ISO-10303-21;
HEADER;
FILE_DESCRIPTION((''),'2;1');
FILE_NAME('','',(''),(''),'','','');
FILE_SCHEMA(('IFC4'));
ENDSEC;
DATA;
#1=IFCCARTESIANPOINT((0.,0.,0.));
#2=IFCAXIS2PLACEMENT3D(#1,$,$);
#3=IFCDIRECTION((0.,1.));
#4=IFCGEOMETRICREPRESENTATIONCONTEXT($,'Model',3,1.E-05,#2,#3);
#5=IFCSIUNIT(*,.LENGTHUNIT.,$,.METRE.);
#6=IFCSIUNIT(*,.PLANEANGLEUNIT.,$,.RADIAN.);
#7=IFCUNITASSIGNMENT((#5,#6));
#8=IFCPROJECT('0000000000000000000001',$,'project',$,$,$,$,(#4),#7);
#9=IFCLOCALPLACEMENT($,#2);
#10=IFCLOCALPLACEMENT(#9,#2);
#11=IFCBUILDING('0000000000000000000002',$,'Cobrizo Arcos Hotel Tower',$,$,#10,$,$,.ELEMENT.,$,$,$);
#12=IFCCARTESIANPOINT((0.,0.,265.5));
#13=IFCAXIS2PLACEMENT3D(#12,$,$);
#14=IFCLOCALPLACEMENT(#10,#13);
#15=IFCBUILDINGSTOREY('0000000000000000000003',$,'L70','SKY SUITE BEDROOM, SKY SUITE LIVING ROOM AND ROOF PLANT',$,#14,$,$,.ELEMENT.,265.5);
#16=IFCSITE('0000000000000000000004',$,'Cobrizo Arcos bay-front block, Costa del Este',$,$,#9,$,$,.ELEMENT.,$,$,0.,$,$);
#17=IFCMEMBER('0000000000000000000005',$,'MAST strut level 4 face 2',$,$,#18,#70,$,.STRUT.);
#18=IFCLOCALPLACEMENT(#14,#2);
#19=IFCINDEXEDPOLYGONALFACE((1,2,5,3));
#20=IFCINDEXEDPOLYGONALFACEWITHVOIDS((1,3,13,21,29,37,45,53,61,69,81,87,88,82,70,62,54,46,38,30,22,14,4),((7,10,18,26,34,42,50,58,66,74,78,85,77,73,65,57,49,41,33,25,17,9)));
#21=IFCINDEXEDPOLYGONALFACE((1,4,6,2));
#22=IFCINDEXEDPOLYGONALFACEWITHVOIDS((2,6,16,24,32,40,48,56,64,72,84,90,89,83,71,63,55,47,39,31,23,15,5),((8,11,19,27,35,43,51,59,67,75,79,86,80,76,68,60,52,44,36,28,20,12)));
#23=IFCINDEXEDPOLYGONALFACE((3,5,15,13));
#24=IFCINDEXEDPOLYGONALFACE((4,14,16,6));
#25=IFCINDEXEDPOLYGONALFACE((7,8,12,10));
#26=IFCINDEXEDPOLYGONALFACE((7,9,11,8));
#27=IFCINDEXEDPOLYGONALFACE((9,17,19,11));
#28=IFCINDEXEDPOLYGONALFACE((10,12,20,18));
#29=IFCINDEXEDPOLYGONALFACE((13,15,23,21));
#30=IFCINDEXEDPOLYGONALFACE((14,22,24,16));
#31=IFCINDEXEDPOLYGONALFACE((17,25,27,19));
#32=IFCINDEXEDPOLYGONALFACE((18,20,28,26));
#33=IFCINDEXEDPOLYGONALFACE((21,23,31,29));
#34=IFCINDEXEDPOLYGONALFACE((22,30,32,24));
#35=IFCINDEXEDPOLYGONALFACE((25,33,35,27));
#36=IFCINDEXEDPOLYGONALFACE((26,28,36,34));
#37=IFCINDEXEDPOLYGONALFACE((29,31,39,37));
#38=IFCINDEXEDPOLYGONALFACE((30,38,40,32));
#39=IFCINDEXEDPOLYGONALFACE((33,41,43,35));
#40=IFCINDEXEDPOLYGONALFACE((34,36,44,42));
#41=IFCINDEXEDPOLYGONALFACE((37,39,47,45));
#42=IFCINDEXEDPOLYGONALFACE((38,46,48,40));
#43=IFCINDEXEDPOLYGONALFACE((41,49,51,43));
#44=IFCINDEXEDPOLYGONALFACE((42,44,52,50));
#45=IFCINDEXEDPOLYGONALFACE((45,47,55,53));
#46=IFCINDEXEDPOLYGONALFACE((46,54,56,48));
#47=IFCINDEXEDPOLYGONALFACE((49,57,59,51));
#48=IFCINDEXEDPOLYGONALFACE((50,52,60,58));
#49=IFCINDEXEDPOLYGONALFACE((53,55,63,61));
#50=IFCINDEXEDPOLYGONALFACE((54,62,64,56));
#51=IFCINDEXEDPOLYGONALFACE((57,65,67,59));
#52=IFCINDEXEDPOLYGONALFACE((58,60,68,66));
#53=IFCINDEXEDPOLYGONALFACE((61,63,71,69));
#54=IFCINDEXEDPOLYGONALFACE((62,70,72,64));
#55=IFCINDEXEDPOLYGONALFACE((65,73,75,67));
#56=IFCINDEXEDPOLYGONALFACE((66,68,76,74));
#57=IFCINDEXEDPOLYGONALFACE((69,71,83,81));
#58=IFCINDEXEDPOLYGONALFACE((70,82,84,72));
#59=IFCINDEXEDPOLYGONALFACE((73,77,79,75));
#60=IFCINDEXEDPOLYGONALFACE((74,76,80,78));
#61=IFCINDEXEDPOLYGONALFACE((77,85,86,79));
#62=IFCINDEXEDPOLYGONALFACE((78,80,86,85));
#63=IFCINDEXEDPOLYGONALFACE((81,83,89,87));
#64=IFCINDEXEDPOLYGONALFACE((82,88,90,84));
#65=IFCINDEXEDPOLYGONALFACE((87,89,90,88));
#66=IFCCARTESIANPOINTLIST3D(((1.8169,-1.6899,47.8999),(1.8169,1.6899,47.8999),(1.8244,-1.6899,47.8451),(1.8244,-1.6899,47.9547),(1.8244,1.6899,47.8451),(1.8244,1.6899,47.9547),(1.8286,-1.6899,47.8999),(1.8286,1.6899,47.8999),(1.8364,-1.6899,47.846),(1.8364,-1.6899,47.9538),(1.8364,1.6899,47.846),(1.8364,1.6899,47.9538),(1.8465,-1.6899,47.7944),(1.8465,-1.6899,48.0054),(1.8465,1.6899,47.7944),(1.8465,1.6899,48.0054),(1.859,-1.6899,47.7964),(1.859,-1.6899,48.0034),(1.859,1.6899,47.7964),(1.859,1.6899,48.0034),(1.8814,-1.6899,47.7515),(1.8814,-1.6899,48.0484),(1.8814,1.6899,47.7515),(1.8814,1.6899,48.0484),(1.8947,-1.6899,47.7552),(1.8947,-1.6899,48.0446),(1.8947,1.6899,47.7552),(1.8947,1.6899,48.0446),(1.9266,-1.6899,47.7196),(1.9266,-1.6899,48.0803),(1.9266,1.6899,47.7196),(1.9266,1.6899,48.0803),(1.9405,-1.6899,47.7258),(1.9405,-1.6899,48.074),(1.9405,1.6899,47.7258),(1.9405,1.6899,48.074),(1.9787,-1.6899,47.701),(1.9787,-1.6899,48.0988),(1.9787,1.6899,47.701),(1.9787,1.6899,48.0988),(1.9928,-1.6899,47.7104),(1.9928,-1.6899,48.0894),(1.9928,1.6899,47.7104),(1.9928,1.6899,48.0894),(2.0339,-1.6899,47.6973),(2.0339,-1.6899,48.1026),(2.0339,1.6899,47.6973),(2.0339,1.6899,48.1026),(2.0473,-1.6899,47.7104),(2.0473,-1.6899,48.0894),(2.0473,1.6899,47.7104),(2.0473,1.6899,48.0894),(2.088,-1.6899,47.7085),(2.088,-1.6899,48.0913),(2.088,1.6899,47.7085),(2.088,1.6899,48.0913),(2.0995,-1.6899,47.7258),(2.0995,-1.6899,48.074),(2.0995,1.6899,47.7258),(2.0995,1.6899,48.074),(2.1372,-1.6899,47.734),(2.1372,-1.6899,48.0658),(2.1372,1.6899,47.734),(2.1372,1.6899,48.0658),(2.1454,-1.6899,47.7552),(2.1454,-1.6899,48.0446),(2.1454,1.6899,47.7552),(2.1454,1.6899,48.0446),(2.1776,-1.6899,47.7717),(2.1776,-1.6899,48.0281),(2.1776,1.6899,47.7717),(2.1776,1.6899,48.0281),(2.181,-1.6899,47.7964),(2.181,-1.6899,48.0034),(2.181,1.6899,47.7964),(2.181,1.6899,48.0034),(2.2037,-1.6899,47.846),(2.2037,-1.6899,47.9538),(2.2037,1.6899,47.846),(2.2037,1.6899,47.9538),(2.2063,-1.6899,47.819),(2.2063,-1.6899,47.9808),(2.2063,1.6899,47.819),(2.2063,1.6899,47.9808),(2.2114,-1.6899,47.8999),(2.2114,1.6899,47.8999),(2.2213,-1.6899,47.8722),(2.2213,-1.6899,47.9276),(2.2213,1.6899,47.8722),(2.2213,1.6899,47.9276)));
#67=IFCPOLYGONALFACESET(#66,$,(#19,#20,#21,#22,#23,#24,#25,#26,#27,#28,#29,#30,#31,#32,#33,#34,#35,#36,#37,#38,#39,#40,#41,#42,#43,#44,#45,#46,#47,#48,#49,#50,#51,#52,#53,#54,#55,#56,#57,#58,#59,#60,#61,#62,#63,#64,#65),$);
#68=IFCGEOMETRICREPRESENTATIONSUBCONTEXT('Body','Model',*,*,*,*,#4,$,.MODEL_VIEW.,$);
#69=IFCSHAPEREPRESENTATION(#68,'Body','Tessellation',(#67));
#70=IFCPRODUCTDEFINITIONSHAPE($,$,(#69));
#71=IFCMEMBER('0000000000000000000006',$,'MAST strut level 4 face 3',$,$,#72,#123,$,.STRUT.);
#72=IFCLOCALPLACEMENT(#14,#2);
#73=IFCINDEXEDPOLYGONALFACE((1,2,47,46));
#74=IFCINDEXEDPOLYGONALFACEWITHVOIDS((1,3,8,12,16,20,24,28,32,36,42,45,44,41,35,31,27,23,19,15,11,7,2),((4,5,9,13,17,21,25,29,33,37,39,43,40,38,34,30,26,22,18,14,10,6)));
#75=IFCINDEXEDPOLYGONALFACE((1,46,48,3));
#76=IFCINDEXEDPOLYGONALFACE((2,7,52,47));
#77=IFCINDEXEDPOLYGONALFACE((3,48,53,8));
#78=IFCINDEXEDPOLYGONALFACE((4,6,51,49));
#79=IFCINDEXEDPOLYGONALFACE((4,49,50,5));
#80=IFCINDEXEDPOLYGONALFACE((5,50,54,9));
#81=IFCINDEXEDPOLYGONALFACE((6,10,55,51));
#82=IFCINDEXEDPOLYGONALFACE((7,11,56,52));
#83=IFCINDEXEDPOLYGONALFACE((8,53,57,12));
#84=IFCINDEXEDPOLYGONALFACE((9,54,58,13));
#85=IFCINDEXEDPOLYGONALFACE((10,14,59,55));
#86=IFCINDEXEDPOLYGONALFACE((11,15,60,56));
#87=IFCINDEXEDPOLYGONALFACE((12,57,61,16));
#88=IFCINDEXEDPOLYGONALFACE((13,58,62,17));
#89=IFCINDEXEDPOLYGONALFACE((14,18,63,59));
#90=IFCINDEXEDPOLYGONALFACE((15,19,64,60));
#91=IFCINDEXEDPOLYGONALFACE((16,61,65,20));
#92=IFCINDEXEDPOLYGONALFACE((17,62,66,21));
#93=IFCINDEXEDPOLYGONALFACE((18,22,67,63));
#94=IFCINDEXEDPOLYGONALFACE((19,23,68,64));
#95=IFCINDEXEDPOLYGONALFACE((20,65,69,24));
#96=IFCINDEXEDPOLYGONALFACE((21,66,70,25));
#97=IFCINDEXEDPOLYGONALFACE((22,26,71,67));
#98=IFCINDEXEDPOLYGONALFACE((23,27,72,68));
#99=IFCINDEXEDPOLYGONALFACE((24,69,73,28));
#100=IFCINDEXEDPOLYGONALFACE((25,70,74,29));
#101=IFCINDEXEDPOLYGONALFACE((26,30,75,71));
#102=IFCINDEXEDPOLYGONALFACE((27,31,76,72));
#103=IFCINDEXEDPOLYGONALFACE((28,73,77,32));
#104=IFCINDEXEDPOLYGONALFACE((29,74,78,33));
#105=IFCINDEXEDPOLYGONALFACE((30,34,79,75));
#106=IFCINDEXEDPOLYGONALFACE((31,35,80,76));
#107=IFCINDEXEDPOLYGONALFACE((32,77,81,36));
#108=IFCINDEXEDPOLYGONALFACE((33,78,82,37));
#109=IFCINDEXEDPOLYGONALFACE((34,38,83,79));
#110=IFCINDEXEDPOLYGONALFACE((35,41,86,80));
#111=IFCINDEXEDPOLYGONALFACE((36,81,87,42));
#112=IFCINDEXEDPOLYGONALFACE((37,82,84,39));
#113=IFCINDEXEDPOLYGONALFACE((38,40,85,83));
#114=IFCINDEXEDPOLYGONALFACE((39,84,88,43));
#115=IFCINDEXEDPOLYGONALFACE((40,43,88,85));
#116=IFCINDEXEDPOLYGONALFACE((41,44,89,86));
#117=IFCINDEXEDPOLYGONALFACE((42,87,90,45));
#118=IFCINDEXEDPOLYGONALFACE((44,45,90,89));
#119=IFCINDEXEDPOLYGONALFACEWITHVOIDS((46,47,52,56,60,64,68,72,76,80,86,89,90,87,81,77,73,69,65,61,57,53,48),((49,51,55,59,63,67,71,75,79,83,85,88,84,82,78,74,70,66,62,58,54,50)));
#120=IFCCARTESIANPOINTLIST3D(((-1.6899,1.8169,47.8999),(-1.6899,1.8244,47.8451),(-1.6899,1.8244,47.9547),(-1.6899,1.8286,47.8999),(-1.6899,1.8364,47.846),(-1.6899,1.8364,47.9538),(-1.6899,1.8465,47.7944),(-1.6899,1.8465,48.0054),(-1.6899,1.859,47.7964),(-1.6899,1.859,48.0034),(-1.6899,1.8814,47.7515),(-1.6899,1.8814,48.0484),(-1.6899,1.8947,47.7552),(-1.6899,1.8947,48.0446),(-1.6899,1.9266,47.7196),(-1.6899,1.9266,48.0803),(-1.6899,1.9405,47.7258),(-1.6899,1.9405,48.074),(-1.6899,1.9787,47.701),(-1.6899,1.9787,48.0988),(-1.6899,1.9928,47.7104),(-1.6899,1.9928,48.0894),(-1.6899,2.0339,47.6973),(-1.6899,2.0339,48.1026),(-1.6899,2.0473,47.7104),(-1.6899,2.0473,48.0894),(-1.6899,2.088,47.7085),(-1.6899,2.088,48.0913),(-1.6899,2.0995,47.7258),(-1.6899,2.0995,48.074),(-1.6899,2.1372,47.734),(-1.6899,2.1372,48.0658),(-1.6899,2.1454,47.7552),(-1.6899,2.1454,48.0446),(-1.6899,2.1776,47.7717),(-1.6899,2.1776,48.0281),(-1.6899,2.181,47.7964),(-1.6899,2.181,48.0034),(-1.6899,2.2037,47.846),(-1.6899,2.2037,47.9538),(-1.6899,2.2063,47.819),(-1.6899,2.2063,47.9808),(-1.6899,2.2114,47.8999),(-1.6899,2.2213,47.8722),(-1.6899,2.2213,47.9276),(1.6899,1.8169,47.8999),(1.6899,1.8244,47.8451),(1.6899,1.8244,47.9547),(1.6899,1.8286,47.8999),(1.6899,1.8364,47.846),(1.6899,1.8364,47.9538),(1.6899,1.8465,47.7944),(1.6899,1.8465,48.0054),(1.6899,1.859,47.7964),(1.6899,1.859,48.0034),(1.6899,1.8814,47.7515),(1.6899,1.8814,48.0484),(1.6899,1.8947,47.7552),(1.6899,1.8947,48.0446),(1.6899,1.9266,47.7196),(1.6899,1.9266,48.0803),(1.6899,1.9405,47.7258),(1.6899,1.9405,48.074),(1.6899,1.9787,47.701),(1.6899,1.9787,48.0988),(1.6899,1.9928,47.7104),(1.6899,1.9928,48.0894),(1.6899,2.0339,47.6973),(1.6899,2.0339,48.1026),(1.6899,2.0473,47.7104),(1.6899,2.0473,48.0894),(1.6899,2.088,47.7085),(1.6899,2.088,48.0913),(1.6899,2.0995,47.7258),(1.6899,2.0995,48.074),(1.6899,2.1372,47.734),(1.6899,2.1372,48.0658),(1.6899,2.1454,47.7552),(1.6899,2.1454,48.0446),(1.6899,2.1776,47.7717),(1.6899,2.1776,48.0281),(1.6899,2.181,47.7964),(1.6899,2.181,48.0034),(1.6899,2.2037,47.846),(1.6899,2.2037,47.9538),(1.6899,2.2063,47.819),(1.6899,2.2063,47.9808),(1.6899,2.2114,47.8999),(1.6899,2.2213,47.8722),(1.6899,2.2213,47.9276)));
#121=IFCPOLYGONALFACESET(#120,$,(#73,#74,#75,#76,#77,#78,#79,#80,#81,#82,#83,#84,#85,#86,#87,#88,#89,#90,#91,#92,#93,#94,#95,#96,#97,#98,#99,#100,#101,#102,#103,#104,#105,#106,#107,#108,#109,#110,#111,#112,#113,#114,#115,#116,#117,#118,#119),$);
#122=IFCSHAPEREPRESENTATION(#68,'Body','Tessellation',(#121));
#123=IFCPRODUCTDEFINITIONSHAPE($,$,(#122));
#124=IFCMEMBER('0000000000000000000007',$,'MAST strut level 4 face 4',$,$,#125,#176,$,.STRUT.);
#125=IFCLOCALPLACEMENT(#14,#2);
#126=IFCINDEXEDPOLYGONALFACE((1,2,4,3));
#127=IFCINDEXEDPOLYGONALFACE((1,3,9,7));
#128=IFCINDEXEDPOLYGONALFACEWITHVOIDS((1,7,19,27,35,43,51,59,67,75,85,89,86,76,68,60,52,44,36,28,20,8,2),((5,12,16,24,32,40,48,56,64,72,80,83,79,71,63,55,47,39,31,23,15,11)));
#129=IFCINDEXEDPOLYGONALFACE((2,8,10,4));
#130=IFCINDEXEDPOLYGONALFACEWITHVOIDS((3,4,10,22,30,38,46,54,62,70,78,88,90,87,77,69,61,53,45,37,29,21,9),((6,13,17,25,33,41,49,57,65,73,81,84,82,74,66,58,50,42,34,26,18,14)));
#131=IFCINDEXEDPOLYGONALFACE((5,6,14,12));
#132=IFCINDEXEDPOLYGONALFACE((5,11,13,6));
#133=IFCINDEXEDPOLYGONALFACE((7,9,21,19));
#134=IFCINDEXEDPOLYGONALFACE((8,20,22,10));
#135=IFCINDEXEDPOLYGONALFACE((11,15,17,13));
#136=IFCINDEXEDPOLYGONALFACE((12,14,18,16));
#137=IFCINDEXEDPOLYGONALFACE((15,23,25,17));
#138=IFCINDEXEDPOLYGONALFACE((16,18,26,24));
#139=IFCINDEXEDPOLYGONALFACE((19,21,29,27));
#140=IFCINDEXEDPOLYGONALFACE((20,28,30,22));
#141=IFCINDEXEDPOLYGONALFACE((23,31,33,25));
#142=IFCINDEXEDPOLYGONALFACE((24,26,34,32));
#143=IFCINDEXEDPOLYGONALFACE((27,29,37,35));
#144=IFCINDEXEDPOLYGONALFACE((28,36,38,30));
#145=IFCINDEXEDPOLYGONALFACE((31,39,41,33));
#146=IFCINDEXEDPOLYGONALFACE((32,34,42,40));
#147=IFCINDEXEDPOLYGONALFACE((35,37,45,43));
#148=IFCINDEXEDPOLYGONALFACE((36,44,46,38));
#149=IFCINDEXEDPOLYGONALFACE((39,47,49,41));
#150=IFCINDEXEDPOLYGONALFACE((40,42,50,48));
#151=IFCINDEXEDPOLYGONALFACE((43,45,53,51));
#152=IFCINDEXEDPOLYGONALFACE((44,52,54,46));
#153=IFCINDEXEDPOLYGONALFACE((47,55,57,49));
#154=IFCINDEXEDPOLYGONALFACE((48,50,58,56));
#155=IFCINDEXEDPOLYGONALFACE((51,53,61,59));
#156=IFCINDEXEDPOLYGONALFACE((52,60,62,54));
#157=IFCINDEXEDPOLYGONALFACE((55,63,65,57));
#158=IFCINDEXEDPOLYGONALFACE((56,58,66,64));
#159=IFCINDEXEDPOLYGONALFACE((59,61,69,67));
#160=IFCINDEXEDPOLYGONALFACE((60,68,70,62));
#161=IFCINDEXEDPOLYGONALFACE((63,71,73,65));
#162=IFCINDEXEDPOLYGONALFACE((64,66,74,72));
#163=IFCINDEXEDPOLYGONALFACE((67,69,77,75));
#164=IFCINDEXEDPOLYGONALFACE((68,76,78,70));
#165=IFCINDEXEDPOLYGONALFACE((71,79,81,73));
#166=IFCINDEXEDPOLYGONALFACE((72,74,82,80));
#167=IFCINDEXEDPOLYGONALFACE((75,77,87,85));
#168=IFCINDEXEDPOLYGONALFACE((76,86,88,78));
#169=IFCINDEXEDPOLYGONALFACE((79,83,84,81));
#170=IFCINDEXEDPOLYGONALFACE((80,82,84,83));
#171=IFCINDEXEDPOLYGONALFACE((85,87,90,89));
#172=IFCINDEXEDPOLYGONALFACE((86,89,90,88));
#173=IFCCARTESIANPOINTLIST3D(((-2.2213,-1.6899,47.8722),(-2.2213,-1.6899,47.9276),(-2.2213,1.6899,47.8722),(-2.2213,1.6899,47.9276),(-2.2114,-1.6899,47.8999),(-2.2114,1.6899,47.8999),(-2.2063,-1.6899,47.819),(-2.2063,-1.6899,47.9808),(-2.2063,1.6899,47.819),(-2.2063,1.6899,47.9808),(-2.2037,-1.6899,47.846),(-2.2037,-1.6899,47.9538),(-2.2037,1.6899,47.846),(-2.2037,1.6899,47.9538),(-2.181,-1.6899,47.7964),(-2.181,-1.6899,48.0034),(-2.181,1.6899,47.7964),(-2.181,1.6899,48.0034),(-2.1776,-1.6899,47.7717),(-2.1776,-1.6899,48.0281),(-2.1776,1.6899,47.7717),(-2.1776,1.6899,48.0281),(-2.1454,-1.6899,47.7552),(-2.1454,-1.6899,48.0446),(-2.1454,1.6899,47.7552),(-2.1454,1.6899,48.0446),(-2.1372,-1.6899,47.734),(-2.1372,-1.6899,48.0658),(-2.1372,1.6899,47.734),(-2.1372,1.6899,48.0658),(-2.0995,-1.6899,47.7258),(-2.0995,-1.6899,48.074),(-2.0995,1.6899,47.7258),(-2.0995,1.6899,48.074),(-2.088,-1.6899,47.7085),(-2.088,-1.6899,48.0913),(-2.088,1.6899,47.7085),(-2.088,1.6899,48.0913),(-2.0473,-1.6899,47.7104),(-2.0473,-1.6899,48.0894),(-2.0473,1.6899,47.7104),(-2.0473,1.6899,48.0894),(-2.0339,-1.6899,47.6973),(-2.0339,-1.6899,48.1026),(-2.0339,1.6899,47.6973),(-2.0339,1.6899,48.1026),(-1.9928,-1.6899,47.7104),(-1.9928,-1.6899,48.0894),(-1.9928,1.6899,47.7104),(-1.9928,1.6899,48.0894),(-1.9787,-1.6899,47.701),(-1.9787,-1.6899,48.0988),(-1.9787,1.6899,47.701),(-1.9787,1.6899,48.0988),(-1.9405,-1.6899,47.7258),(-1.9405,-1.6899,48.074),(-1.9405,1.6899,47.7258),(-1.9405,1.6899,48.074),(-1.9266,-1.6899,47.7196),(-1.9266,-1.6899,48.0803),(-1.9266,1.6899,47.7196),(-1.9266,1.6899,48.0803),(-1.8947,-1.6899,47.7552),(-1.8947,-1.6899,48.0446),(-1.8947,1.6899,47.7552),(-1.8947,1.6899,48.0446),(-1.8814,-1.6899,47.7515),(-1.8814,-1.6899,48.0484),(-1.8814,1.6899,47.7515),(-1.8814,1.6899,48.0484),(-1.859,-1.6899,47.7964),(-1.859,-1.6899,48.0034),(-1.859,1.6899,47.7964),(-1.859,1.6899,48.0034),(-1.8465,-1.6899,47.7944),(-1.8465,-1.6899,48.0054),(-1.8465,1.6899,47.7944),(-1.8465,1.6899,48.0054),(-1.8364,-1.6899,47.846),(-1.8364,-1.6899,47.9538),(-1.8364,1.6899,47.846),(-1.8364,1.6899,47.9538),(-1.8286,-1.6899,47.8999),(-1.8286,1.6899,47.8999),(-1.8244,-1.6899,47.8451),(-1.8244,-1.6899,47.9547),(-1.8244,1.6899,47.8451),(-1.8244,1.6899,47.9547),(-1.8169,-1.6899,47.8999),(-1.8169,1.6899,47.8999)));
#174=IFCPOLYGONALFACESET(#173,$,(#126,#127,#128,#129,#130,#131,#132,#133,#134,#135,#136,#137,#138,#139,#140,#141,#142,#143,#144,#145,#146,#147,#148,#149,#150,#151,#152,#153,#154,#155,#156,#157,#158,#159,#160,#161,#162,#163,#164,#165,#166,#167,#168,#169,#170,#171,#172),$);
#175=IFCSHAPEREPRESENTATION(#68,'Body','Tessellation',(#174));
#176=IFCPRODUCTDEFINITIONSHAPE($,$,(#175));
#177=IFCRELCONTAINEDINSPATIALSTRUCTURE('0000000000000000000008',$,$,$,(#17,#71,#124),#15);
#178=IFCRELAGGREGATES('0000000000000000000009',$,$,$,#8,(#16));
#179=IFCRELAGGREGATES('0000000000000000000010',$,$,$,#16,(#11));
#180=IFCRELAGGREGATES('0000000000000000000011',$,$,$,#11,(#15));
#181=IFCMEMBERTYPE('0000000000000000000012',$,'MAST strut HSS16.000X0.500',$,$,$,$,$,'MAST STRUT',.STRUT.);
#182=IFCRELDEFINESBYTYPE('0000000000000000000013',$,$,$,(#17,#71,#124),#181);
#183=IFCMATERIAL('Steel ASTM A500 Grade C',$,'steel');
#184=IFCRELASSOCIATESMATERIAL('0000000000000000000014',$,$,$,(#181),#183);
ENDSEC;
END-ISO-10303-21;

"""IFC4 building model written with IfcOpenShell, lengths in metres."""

from ifc_helpers import new_model, si_unit, direction, frame, origin, origin_2d, place, context, subcontext, project, spatial, hollow_circle, extrude, material, material_profile, profile_set, type_object, element, save


model = new_model("IFC4")

# Units and contexts
model_context = context("Model", 3, precision=1e-05, world=origin(), true_north=direction((0.0, 1.0)))
body_context = subcontext(model_context, "Body", "Model", "MODEL_VIEW")
ifc_project = project(units=[si_unit("LENGTHUNIT", "METRE"), si_unit("PLANEANGLEUNIT", "RADIAN")], contexts=[model_context])

# Site, building, storey
site_placement = place(None, origin())
site = spatial("IfcSite", under=ifc_project, at=site_placement, Name="Cobrizo Arcos bay-front block, Costa del Este", CompositionType="ELEMENT", RefElevation=0.0)
building_placement = place(site_placement, origin())
building = spatial("IfcBuilding", under=site, at=building_placement, Name="Cobrizo Arcos Hotel Tower", CompositionType="ELEMENT")
storey_placement = place(building_placement, frame((0.0, 0.0, 265.5)))
storey = spatial("IfcBuildingStorey", under=building, at=storey_placement, Name="L70", Description="SKY SUITE BEDROOM, SKY SUITE LIVING ROOM AND ROOF PLANT", CompositionType="ELEMENT", Elevation=265.5)

# Members
ifc_material_1 = material(Name="Steel ASTM A500 Grade C", Category="steel")
ifc_material_profile_1 = material_profile(ifc_material_1, hollow_circle(Radius=0.2031, WallThickness=0.0117, at=origin_2d()), Name="HSS16.000X0.500")
ifc_profile_set_1 = profile_set([ifc_material_profile_1], Name="Steel ASTM A500 Grade C")
member_type_1 = type_object("IfcMemberType", Name="MAST strut HSS16.000X0.500", ElementType="MAST STRUT", PredefinedType="STRUT", material=ifc_profile_set_1)
for number, where, z_axis, x_axis, name in (
    (1, (2.02, -1.6899, 47.8999), (0.0, 1.0, 0.0), (-1.0, 0.0, 0.0), "MAST strut level 4 face 2"),
    (2, (1.6899, 2.02, 47.8999), (-1.0, 0.0, 0.0), (0.0, -1.0, 0.0), "MAST strut level 4 face 3"),
    (3, (-2.02, 1.6899, 47.8999), (0.0, -1.0, 0.0), (1.0, 0.0, 0.0), "MAST strut level 4 face 4"),
):
    element("IfcMember", number, at=place(storey_placement, frame(where, z_axis=z_axis, x_axis=x_axis)), inside=storey, type_object=member_type_1, Name=name, PredefinedType="STRUT", context=body_context, shape_type="SweptSolid", body=[
        extrude(hollow_circle(Radius=0.2031, WallThickness=0.0117, at=origin_2d()), origin(), (0.0, 0.0, 1.0), 3.3799),
    ])

save(model, "model.ifc")
